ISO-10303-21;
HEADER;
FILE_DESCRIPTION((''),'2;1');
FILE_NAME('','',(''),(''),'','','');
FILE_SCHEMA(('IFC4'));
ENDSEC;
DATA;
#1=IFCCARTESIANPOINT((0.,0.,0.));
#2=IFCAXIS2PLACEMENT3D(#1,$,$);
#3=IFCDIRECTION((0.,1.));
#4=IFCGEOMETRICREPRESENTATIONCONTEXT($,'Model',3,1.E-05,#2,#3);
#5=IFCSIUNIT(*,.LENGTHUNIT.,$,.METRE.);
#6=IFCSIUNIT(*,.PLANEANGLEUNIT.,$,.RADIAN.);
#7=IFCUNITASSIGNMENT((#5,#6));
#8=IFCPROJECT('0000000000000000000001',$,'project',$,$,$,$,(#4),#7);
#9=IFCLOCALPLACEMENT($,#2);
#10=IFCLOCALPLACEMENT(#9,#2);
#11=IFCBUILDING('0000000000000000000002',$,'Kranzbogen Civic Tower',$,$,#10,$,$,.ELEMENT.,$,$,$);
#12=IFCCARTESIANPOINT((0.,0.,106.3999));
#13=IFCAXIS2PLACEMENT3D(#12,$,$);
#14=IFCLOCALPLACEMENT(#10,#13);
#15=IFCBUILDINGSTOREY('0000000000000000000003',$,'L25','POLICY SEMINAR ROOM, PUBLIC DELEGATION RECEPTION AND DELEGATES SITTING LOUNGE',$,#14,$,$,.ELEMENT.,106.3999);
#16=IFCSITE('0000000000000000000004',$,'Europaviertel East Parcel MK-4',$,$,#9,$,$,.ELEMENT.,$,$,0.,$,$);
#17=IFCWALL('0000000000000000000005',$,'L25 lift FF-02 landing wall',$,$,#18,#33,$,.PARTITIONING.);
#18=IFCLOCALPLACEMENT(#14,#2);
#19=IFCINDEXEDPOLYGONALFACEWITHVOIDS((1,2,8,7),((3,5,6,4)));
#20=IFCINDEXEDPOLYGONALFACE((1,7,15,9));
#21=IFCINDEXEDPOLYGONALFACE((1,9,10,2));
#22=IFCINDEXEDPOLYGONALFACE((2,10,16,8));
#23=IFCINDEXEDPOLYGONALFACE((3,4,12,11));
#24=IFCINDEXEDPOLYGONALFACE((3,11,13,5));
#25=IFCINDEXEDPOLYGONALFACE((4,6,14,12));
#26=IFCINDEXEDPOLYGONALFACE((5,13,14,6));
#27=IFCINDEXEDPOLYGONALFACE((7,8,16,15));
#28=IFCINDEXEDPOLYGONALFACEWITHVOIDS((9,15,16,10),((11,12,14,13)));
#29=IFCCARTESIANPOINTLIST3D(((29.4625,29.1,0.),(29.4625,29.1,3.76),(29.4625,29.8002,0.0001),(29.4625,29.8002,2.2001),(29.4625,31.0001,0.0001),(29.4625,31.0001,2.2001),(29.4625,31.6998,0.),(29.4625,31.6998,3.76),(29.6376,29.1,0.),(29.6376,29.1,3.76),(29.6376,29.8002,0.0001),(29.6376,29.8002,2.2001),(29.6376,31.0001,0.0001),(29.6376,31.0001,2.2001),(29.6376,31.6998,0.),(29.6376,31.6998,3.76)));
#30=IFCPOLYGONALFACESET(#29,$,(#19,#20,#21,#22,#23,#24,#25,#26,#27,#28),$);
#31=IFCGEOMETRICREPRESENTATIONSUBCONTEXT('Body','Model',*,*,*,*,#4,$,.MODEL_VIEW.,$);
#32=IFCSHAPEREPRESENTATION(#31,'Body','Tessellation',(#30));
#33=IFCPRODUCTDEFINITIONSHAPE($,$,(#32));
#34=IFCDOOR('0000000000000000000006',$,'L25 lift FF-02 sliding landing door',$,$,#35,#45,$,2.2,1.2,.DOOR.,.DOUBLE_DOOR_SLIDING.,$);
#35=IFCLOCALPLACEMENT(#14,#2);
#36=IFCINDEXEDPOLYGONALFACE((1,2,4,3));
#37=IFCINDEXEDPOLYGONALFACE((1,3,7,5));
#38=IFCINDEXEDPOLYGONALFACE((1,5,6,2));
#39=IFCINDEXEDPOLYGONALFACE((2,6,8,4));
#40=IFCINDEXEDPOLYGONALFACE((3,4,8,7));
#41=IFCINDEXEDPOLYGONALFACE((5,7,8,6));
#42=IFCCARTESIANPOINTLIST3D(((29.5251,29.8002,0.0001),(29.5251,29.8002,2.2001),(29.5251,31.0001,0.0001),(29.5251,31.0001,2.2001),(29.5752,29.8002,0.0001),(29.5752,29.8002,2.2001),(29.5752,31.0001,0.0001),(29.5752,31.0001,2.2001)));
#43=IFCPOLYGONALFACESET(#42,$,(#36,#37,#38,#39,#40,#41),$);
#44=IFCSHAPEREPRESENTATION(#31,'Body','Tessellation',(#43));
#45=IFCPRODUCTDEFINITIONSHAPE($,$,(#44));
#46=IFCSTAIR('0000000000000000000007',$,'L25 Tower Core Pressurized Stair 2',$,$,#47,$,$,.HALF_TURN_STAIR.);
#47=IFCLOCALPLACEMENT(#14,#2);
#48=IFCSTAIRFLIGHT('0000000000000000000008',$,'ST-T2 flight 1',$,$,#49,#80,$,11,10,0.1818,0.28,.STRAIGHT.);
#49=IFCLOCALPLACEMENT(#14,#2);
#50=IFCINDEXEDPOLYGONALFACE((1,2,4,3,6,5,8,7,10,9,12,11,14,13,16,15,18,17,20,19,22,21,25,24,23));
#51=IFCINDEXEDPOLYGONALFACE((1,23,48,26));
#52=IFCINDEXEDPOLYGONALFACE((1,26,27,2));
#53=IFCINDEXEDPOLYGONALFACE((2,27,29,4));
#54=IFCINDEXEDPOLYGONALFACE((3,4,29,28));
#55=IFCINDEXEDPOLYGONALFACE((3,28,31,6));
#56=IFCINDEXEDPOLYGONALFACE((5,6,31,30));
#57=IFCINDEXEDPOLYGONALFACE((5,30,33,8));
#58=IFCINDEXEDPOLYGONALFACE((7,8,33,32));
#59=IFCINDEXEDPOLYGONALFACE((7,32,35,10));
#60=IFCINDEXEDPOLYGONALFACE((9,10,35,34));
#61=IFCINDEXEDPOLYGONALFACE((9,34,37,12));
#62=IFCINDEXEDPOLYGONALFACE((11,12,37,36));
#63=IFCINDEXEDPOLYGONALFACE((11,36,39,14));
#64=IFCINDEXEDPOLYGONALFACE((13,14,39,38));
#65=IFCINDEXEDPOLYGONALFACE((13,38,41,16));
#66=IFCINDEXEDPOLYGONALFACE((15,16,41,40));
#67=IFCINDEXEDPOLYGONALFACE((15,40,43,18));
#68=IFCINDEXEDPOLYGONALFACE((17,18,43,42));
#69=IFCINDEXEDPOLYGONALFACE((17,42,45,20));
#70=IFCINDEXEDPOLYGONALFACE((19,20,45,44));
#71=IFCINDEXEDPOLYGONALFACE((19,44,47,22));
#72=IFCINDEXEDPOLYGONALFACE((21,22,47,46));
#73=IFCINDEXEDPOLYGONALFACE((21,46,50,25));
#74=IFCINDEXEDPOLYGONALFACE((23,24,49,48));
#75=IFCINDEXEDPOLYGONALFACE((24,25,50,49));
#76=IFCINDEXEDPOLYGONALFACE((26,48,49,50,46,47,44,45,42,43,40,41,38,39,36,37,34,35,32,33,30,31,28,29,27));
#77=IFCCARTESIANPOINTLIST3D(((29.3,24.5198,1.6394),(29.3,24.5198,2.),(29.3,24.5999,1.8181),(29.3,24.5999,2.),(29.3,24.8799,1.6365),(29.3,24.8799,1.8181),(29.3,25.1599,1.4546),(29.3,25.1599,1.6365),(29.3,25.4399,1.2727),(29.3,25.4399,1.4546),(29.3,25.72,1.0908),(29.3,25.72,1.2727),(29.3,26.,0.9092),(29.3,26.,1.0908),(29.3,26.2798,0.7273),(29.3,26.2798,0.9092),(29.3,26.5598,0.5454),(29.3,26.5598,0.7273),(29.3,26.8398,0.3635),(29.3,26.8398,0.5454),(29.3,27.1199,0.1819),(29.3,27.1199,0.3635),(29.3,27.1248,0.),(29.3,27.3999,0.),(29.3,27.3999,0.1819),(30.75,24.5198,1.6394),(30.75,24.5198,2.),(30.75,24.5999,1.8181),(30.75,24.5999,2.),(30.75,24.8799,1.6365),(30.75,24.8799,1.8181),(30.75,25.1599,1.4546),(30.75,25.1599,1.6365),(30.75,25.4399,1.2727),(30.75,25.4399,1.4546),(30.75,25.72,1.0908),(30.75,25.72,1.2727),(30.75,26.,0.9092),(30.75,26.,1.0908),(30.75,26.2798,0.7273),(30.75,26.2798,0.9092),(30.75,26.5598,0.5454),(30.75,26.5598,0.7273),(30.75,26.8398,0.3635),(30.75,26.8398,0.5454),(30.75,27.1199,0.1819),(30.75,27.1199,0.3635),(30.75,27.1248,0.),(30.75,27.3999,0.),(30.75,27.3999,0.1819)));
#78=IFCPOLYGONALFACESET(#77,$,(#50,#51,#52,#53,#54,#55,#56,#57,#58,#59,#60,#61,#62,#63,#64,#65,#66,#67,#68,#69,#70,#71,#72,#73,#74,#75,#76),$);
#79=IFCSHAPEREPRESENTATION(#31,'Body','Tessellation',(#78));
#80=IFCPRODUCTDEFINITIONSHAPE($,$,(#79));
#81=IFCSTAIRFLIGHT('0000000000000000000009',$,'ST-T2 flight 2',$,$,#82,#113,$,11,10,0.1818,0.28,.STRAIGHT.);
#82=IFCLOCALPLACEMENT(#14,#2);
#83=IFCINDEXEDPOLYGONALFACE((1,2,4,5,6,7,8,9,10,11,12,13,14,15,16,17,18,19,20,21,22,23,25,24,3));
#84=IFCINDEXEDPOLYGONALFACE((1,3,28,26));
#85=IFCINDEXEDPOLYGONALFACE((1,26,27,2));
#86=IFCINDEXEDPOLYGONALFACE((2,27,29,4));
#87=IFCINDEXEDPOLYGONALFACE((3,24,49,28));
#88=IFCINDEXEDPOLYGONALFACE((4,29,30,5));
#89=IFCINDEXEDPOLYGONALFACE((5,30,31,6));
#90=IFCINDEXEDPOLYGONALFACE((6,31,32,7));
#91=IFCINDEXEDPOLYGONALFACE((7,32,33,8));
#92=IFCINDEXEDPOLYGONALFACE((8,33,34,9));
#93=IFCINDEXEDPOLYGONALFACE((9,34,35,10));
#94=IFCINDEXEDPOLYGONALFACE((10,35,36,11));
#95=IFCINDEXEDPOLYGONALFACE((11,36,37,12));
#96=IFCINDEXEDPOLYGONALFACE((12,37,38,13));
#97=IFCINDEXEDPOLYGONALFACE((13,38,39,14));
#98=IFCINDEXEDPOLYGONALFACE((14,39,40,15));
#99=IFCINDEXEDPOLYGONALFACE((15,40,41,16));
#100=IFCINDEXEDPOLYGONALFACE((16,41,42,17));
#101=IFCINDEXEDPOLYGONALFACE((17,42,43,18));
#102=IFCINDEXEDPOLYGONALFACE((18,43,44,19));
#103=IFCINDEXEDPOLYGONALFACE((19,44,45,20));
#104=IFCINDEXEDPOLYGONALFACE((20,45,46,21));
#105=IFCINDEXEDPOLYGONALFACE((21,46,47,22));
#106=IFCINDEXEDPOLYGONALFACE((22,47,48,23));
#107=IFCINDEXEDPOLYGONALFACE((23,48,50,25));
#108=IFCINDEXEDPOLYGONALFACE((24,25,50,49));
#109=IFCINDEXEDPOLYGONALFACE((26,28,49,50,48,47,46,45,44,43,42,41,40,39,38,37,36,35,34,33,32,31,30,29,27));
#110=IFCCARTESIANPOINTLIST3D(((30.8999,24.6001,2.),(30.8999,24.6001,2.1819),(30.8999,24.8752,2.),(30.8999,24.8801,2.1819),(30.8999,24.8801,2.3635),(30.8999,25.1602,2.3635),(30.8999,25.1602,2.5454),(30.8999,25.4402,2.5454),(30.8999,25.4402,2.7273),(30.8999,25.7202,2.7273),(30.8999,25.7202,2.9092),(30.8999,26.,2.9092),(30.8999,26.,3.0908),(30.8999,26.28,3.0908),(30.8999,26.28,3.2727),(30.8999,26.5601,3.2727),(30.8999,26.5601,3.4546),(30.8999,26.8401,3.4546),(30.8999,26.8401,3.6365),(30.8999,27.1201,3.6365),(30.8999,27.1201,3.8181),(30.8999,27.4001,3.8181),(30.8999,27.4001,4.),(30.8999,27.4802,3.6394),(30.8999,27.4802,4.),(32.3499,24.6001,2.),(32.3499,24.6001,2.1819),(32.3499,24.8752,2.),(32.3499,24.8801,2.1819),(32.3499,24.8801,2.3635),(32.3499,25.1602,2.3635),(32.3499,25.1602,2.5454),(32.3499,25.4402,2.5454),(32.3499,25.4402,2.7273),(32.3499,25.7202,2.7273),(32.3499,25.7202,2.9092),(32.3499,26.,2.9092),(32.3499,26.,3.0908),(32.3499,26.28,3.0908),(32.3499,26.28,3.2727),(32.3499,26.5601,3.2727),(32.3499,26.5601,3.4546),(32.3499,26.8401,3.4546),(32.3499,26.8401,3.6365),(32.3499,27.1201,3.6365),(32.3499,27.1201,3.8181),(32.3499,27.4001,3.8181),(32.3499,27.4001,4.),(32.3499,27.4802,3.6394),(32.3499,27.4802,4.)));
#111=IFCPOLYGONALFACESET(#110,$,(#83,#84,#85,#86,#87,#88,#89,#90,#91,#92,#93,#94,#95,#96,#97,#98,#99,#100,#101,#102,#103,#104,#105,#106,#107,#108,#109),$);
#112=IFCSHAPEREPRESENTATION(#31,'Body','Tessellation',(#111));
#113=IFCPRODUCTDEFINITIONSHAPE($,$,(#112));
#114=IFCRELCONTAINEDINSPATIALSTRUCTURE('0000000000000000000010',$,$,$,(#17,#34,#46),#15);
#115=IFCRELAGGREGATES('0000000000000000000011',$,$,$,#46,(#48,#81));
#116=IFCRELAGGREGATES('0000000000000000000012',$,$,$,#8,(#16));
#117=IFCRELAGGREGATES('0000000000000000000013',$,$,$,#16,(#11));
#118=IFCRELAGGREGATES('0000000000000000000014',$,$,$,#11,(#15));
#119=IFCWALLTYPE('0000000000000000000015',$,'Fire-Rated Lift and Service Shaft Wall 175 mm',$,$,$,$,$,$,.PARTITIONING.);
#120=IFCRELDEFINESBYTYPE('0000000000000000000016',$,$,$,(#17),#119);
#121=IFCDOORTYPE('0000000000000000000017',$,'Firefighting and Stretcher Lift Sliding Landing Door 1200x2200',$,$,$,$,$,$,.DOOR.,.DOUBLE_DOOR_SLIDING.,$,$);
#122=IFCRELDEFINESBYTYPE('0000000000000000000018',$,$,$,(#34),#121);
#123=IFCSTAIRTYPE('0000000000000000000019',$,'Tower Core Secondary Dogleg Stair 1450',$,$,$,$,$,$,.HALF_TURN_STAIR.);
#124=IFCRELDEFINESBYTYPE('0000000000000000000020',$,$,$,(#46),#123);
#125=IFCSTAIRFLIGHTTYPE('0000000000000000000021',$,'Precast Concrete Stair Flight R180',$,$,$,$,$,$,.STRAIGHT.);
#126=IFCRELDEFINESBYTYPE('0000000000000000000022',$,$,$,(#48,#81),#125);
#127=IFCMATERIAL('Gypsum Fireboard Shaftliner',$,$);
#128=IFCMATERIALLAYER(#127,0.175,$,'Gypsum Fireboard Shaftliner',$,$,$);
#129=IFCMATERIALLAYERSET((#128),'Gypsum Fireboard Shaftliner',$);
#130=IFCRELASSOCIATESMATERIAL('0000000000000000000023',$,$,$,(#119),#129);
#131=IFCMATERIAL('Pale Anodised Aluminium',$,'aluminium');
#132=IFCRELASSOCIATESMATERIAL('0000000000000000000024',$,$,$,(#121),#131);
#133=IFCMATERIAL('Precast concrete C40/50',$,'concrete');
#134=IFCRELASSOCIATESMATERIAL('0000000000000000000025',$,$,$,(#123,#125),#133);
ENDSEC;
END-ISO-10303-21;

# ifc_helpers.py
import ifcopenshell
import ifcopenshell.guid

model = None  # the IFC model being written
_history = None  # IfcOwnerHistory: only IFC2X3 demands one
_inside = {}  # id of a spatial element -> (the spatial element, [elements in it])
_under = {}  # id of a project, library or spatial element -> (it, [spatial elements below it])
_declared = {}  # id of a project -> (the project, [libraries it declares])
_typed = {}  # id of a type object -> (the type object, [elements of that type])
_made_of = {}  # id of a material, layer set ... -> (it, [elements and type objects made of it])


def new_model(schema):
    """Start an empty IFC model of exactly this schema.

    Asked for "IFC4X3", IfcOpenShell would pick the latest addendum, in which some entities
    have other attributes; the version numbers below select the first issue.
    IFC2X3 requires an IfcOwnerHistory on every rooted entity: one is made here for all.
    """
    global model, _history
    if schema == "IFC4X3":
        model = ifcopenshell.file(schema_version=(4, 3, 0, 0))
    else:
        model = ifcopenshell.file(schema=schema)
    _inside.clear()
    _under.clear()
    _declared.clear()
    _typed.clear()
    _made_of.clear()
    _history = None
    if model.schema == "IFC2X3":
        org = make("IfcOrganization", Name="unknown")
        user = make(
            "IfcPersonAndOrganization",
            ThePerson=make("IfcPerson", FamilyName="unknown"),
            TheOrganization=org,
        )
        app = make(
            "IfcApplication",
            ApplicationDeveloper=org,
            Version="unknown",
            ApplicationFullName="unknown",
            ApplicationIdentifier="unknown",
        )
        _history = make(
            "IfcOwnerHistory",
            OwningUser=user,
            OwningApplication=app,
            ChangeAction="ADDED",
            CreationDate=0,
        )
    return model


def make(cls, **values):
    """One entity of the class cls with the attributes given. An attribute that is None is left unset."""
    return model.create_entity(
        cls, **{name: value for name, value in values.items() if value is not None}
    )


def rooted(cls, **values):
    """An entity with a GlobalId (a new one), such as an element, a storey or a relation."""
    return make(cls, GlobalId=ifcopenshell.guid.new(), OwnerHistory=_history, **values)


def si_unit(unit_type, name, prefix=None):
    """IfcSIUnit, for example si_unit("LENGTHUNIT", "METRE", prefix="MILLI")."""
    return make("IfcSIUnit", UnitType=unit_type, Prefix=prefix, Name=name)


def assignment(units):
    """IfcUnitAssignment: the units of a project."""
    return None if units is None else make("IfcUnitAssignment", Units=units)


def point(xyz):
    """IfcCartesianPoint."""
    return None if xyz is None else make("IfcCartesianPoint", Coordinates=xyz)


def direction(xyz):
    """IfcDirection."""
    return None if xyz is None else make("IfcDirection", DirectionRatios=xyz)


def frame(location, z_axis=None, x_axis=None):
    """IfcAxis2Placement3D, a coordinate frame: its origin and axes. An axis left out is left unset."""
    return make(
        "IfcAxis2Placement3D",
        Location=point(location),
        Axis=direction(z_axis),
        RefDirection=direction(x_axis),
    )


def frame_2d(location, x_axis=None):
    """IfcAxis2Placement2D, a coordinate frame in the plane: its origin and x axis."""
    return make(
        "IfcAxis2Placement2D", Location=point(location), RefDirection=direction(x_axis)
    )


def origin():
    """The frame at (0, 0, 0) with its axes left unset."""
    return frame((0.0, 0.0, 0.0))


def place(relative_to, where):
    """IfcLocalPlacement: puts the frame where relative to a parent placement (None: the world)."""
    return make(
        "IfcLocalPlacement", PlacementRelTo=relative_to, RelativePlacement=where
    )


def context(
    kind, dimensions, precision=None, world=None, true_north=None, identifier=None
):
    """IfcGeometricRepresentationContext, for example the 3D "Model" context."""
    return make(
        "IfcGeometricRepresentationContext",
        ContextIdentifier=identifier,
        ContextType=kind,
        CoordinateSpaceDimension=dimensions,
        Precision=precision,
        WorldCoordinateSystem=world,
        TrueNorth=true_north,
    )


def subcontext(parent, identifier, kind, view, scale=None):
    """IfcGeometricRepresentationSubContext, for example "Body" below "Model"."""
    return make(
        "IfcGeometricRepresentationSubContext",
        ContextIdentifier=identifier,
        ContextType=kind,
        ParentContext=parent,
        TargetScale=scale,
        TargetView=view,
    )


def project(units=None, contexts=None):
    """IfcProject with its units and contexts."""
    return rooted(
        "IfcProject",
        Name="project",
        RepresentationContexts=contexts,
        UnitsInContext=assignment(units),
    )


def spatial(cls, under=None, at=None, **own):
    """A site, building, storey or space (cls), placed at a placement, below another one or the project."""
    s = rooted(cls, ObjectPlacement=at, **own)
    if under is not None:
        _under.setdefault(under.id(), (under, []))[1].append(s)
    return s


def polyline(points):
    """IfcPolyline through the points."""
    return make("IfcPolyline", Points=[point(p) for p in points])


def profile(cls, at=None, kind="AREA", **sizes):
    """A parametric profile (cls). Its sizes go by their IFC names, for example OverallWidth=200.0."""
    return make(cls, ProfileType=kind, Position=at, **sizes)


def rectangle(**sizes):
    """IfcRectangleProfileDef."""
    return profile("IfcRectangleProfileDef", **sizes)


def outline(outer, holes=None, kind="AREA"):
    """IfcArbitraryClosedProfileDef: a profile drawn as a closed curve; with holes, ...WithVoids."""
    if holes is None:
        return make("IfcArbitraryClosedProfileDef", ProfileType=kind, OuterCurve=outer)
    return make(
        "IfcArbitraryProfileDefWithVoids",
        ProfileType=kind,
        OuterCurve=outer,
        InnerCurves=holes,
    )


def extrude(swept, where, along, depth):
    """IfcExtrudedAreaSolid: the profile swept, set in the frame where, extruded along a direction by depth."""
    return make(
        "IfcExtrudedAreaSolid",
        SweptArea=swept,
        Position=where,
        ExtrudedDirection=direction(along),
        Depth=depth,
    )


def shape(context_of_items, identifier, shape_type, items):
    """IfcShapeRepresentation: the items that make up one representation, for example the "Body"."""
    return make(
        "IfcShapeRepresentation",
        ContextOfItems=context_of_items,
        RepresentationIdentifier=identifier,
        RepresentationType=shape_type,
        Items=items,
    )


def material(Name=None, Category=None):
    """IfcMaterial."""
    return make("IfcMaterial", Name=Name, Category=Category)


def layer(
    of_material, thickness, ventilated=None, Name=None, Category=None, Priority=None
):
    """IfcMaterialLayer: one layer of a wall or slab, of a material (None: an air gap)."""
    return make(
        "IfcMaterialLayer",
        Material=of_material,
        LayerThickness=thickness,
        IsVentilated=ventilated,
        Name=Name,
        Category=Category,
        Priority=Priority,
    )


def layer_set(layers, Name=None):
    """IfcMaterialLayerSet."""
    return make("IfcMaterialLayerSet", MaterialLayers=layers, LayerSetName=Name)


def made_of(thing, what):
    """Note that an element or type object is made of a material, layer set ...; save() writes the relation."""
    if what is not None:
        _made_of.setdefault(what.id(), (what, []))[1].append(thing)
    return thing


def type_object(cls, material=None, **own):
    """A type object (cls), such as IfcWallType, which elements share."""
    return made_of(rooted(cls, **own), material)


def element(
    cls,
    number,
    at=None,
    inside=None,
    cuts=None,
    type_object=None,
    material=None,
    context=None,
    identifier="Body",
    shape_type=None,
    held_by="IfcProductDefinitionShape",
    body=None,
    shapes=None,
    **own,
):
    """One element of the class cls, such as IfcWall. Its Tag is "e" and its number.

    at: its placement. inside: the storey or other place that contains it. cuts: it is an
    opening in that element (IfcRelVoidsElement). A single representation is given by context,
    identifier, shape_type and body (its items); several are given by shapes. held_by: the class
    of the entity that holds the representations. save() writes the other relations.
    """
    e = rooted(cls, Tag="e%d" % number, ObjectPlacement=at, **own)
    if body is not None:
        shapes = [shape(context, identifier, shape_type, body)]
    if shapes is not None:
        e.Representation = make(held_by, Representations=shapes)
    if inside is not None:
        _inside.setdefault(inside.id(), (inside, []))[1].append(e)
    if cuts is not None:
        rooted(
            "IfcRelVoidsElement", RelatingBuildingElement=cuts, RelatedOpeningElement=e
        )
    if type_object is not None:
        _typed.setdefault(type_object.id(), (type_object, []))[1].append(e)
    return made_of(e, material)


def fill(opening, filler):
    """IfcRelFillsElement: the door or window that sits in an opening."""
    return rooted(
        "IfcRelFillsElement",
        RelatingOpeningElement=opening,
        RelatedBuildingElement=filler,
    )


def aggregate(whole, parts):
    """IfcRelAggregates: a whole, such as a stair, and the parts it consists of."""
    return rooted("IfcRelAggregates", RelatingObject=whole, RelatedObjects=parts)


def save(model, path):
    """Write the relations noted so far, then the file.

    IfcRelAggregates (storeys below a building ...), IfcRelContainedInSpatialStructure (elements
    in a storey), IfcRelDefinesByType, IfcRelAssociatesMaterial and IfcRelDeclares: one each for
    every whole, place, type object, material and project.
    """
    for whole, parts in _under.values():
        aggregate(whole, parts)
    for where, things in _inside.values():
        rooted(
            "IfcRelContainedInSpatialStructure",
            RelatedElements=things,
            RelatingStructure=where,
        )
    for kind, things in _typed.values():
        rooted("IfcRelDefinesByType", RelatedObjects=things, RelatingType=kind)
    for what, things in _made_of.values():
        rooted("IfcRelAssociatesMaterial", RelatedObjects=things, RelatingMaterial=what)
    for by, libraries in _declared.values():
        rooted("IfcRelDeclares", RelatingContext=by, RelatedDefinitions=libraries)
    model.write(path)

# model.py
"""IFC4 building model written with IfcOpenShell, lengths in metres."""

from ifc_helpers import new_model, si_unit, direction, frame, frame_2d, origin, place, context, subcontext, project, spatial, polyline, rectangle, outline, extrude, material, layer, layer_set, type_object, element, fill, aggregate, save


model = new_model("IFC4")

# Units and contexts
model_context = context("Model", 3, precision=1e-05, world=origin(), true_north=direction((0.0, 1.0)))
body_context = subcontext(model_context, "Body", "Model", "MODEL_VIEW")
ifc_project = project(units=[si_unit("LENGTHUNIT", "METRE"), si_unit("PLANEANGLEUNIT", "RADIAN")], contexts=[model_context])

# Site, building, storey
site_placement = place(None, origin())
site = spatial("IfcSite", under=ifc_project, at=site_placement, Name="Europaviertel East Parcel MK-4", CompositionType="ELEMENT", RefElevation=0.0)
building_placement = place(site_placement, origin())
building = spatial("IfcBuilding", under=site, at=building_placement, Name="Kranzbogen Civic Tower", CompositionType="ELEMENT")
storey_placement = place(building_placement, frame((0.0, 0.0, 106.3999)))
storey = spatial("IfcBuildingStorey", under=building, at=storey_placement, Name="L25", Description="POLICY SEMINAR ROOM, PUBLIC DELEGATION RECEPTION AND DELEGATES SITTING LOUNGE", CompositionType="ELEMENT", Elevation=106.3999)

# Shared definitions
ifc_material_1 = material(Name="Gypsum Fireboard Shaftliner")
ifc_layer_1 = layer(ifc_material_1, 0.175, Name="Gypsum Fireboard Shaftliner")
ifc_layer_set_1 = layer_set([ifc_layer_1], Name="Gypsum Fireboard Shaftliner")
wall_type_1 = type_object("IfcWallType", Name="Fire-Rated Lift and Service Shaft Wall 175 mm", PredefinedType="PARTITIONING", material=ifc_layer_set_1)

# Wall, opening, door
wall_1_placement = place(storey_placement, frame((29.55, 29.1001, 0.0), z_axis=(0.0, 0.0, 1.0), x_axis=(0.0, 1.0, 0.0)))
wall_1 = element("IfcWall", 1, at=wall_1_placement, inside=storey, type_object=wall_type_1, Name="L25 lift FF-02 landing wall", PredefinedType="PARTITIONING", context=body_context, shape_type="SweptSolid", body=[
    extrude(rectangle(XDim=2.5999, YDim=0.175, at=frame_2d((1.2998, 0.0))), origin(), (0.0, 0.0, 1.0), 3.76),
])
opening_1_placement = place(wall_1_placement, frame((0.7, 0.0, 0.0)))
opening_1 = element("IfcOpeningElement", 2, at=opening_1_placement, cuts=wall_1, PredefinedType="OPENING", context=body_context, shape_type="SweptSolid", body=[
    extrude(rectangle(XDim=1.2, YDim=2.2, at=frame_2d((0.6001, 1.1001))), frame((0.0, 0.0977, 0.0), z_axis=(0.0, -1.0, 0.0), x_axis=(1.0, 0.0, 0.0)), (0.0, 0.0, 1.0), 0.1951),
])
ifc_material_2 = material(Name="Pale Anodised Aluminium", Category="aluminium")
door_type_1 = type_object("IfcDoorType", Name="Firefighting and Stretcher Lift Sliding Landing Door 1200x2200", OperationType="DOUBLE_DOOR_SLIDING", PredefinedType="DOOR", material=ifc_material_2)
door_1_placement = place(opening_1_placement, origin())
door_1 = element("IfcDoor", 3, at=door_1_placement, inside=storey, type_object=door_type_1, Name="L25 lift FF-02 sliding landing door", OperationType="DOUBLE_DOOR_SLIDING", OverallHeight=2.2, OverallWidth=1.2, PredefinedType="DOOR", context=body_context, shape_type="SweptSolid", body=[
    extrude(rectangle(XDim=1.2, YDim=2.2, at=frame_2d((0.6001, 1.1001))), frame((0.0, 0.0249, 0.0), z_axis=(0.0, -1.0, 0.0), x_axis=(1.0, 0.0, 0.0)), (0.0, 0.0, 1.0), 0.05),
])
fill(opening_1, door_1)

# Stair, stair flights
ifc_material_3 = material(Name="Precast concrete C40/50", Category="concrete")
stair_type = type_object("IfcStairType", Name="Tower Core Secondary Dogleg Stair 1450", PredefinedType="HALF_TURN_STAIR", material=ifc_material_3)
stair_placement = place(storey_placement, origin())
stair = element("IfcStair", 4, at=stair_placement, inside=storey, type_object=stair_type, Name="L25 Tower Core Pressurized Stair 2", PredefinedType="HALF_TURN_STAIR")
stair_flight_type = type_object("IfcStairFlightType", Name="Precast Concrete Stair Flight R180", PredefinedType="STRAIGHT", material=ifc_material_3)
stair_flight_1_placement = place(storey_placement, frame((30.0249, 27.3999, 0.0), z_axis=(0.0, 0.0, 1.0), x_axis=(0.0, -1.0, 0.0)))
stair_flight_1 = element("IfcStairFlight", 5, at=stair_flight_1_placement, type_object=stair_flight_type, Name="ST-T2 flight 1", NumberOfRisers=11, NumberOfTreads=10, PredefinedType="STRAIGHT", RiserHeight=0.1818, TreadLength=0.28, context=body_context, shape_type="SweptSolid", body=[
    extrude(outline(polyline([(0.0, 0.0), (0.0, 0.1819), (0.28, 0.1819), (0.28, 0.3635), (0.5601, 0.3635), (0.5601, 0.5454), (0.8401, 0.5454), (0.8401, 0.7273), (1.1201, 0.7273), (1.1201, 0.9092), (1.3999, 0.9092), (1.3999, 1.0908), (1.6799, 1.0908), (1.6799, 1.2727), (1.96, 1.2727), (1.96, 1.4546), (2.24, 1.4546), (2.24, 1.6365), (2.52, 1.6365), (2.52, 1.8181), (2.8, 1.8181), (2.8, 2.0), (2.8801, 2.0), (2.8801, 1.6394), (0.2751, 0.0), (0.0, 0.0)])), frame((0.0, 0.7251, 0.0), z_axis=(0.0, -1.0, 0.0), x_axis=(1.0, 0.0, 0.0)), (0.0, 0.0, 1.0), 1.45),
])
stair_flight_2_placement = place(storey_placement, frame((31.625, 24.6001, 2.0), z_axis=(0.0, 0.0, 1.0), x_axis=(0.0, 1.0, 0.0)))
stair_flight_2 = element("IfcStairFlight", 6, at=stair_flight_2_placement, type_object=stair_flight_type, Name="ST-T2 flight 2", NumberOfRisers=11, NumberOfTreads=10, PredefinedType="STRAIGHT", RiserHeight=0.1818, TreadLength=0.28, context=body_context, shape_type="SweptSolid", body=[
    extrude(outline(polyline([(0.0, 0.0), (0.0, 0.1819), (0.28, 0.1819), (0.28, 0.3635), (0.5601, 0.3635), (0.5601, 0.5454), (0.8401, 0.5454), (0.8401, 0.7273), (1.1201, 0.7273), (1.1201, 0.9092), (1.3999, 0.9092), (1.3999, 1.0908), (1.6799, 1.0908), (1.6799, 1.2727), (1.96, 1.2727), (1.96, 1.4546), (2.24, 1.4546), (2.24, 1.6365), (2.52, 1.6365), (2.52, 1.8181), (2.8, 1.8181), (2.8, 2.0), (2.8801, 2.0), (2.8801, 1.6394), (0.2751, 0.0), (0.0, 0.0)])), frame((0.0, 0.7251, 0.0), z_axis=(0.0, -1.0, 0.0), x_axis=(1.0, 0.0, 0.0)), (0.0, 0.0, 1.0), 1.45),
])
aggregate(stair, [stair_flight_1, stair_flight_2])

save(model, "model.ifc")
